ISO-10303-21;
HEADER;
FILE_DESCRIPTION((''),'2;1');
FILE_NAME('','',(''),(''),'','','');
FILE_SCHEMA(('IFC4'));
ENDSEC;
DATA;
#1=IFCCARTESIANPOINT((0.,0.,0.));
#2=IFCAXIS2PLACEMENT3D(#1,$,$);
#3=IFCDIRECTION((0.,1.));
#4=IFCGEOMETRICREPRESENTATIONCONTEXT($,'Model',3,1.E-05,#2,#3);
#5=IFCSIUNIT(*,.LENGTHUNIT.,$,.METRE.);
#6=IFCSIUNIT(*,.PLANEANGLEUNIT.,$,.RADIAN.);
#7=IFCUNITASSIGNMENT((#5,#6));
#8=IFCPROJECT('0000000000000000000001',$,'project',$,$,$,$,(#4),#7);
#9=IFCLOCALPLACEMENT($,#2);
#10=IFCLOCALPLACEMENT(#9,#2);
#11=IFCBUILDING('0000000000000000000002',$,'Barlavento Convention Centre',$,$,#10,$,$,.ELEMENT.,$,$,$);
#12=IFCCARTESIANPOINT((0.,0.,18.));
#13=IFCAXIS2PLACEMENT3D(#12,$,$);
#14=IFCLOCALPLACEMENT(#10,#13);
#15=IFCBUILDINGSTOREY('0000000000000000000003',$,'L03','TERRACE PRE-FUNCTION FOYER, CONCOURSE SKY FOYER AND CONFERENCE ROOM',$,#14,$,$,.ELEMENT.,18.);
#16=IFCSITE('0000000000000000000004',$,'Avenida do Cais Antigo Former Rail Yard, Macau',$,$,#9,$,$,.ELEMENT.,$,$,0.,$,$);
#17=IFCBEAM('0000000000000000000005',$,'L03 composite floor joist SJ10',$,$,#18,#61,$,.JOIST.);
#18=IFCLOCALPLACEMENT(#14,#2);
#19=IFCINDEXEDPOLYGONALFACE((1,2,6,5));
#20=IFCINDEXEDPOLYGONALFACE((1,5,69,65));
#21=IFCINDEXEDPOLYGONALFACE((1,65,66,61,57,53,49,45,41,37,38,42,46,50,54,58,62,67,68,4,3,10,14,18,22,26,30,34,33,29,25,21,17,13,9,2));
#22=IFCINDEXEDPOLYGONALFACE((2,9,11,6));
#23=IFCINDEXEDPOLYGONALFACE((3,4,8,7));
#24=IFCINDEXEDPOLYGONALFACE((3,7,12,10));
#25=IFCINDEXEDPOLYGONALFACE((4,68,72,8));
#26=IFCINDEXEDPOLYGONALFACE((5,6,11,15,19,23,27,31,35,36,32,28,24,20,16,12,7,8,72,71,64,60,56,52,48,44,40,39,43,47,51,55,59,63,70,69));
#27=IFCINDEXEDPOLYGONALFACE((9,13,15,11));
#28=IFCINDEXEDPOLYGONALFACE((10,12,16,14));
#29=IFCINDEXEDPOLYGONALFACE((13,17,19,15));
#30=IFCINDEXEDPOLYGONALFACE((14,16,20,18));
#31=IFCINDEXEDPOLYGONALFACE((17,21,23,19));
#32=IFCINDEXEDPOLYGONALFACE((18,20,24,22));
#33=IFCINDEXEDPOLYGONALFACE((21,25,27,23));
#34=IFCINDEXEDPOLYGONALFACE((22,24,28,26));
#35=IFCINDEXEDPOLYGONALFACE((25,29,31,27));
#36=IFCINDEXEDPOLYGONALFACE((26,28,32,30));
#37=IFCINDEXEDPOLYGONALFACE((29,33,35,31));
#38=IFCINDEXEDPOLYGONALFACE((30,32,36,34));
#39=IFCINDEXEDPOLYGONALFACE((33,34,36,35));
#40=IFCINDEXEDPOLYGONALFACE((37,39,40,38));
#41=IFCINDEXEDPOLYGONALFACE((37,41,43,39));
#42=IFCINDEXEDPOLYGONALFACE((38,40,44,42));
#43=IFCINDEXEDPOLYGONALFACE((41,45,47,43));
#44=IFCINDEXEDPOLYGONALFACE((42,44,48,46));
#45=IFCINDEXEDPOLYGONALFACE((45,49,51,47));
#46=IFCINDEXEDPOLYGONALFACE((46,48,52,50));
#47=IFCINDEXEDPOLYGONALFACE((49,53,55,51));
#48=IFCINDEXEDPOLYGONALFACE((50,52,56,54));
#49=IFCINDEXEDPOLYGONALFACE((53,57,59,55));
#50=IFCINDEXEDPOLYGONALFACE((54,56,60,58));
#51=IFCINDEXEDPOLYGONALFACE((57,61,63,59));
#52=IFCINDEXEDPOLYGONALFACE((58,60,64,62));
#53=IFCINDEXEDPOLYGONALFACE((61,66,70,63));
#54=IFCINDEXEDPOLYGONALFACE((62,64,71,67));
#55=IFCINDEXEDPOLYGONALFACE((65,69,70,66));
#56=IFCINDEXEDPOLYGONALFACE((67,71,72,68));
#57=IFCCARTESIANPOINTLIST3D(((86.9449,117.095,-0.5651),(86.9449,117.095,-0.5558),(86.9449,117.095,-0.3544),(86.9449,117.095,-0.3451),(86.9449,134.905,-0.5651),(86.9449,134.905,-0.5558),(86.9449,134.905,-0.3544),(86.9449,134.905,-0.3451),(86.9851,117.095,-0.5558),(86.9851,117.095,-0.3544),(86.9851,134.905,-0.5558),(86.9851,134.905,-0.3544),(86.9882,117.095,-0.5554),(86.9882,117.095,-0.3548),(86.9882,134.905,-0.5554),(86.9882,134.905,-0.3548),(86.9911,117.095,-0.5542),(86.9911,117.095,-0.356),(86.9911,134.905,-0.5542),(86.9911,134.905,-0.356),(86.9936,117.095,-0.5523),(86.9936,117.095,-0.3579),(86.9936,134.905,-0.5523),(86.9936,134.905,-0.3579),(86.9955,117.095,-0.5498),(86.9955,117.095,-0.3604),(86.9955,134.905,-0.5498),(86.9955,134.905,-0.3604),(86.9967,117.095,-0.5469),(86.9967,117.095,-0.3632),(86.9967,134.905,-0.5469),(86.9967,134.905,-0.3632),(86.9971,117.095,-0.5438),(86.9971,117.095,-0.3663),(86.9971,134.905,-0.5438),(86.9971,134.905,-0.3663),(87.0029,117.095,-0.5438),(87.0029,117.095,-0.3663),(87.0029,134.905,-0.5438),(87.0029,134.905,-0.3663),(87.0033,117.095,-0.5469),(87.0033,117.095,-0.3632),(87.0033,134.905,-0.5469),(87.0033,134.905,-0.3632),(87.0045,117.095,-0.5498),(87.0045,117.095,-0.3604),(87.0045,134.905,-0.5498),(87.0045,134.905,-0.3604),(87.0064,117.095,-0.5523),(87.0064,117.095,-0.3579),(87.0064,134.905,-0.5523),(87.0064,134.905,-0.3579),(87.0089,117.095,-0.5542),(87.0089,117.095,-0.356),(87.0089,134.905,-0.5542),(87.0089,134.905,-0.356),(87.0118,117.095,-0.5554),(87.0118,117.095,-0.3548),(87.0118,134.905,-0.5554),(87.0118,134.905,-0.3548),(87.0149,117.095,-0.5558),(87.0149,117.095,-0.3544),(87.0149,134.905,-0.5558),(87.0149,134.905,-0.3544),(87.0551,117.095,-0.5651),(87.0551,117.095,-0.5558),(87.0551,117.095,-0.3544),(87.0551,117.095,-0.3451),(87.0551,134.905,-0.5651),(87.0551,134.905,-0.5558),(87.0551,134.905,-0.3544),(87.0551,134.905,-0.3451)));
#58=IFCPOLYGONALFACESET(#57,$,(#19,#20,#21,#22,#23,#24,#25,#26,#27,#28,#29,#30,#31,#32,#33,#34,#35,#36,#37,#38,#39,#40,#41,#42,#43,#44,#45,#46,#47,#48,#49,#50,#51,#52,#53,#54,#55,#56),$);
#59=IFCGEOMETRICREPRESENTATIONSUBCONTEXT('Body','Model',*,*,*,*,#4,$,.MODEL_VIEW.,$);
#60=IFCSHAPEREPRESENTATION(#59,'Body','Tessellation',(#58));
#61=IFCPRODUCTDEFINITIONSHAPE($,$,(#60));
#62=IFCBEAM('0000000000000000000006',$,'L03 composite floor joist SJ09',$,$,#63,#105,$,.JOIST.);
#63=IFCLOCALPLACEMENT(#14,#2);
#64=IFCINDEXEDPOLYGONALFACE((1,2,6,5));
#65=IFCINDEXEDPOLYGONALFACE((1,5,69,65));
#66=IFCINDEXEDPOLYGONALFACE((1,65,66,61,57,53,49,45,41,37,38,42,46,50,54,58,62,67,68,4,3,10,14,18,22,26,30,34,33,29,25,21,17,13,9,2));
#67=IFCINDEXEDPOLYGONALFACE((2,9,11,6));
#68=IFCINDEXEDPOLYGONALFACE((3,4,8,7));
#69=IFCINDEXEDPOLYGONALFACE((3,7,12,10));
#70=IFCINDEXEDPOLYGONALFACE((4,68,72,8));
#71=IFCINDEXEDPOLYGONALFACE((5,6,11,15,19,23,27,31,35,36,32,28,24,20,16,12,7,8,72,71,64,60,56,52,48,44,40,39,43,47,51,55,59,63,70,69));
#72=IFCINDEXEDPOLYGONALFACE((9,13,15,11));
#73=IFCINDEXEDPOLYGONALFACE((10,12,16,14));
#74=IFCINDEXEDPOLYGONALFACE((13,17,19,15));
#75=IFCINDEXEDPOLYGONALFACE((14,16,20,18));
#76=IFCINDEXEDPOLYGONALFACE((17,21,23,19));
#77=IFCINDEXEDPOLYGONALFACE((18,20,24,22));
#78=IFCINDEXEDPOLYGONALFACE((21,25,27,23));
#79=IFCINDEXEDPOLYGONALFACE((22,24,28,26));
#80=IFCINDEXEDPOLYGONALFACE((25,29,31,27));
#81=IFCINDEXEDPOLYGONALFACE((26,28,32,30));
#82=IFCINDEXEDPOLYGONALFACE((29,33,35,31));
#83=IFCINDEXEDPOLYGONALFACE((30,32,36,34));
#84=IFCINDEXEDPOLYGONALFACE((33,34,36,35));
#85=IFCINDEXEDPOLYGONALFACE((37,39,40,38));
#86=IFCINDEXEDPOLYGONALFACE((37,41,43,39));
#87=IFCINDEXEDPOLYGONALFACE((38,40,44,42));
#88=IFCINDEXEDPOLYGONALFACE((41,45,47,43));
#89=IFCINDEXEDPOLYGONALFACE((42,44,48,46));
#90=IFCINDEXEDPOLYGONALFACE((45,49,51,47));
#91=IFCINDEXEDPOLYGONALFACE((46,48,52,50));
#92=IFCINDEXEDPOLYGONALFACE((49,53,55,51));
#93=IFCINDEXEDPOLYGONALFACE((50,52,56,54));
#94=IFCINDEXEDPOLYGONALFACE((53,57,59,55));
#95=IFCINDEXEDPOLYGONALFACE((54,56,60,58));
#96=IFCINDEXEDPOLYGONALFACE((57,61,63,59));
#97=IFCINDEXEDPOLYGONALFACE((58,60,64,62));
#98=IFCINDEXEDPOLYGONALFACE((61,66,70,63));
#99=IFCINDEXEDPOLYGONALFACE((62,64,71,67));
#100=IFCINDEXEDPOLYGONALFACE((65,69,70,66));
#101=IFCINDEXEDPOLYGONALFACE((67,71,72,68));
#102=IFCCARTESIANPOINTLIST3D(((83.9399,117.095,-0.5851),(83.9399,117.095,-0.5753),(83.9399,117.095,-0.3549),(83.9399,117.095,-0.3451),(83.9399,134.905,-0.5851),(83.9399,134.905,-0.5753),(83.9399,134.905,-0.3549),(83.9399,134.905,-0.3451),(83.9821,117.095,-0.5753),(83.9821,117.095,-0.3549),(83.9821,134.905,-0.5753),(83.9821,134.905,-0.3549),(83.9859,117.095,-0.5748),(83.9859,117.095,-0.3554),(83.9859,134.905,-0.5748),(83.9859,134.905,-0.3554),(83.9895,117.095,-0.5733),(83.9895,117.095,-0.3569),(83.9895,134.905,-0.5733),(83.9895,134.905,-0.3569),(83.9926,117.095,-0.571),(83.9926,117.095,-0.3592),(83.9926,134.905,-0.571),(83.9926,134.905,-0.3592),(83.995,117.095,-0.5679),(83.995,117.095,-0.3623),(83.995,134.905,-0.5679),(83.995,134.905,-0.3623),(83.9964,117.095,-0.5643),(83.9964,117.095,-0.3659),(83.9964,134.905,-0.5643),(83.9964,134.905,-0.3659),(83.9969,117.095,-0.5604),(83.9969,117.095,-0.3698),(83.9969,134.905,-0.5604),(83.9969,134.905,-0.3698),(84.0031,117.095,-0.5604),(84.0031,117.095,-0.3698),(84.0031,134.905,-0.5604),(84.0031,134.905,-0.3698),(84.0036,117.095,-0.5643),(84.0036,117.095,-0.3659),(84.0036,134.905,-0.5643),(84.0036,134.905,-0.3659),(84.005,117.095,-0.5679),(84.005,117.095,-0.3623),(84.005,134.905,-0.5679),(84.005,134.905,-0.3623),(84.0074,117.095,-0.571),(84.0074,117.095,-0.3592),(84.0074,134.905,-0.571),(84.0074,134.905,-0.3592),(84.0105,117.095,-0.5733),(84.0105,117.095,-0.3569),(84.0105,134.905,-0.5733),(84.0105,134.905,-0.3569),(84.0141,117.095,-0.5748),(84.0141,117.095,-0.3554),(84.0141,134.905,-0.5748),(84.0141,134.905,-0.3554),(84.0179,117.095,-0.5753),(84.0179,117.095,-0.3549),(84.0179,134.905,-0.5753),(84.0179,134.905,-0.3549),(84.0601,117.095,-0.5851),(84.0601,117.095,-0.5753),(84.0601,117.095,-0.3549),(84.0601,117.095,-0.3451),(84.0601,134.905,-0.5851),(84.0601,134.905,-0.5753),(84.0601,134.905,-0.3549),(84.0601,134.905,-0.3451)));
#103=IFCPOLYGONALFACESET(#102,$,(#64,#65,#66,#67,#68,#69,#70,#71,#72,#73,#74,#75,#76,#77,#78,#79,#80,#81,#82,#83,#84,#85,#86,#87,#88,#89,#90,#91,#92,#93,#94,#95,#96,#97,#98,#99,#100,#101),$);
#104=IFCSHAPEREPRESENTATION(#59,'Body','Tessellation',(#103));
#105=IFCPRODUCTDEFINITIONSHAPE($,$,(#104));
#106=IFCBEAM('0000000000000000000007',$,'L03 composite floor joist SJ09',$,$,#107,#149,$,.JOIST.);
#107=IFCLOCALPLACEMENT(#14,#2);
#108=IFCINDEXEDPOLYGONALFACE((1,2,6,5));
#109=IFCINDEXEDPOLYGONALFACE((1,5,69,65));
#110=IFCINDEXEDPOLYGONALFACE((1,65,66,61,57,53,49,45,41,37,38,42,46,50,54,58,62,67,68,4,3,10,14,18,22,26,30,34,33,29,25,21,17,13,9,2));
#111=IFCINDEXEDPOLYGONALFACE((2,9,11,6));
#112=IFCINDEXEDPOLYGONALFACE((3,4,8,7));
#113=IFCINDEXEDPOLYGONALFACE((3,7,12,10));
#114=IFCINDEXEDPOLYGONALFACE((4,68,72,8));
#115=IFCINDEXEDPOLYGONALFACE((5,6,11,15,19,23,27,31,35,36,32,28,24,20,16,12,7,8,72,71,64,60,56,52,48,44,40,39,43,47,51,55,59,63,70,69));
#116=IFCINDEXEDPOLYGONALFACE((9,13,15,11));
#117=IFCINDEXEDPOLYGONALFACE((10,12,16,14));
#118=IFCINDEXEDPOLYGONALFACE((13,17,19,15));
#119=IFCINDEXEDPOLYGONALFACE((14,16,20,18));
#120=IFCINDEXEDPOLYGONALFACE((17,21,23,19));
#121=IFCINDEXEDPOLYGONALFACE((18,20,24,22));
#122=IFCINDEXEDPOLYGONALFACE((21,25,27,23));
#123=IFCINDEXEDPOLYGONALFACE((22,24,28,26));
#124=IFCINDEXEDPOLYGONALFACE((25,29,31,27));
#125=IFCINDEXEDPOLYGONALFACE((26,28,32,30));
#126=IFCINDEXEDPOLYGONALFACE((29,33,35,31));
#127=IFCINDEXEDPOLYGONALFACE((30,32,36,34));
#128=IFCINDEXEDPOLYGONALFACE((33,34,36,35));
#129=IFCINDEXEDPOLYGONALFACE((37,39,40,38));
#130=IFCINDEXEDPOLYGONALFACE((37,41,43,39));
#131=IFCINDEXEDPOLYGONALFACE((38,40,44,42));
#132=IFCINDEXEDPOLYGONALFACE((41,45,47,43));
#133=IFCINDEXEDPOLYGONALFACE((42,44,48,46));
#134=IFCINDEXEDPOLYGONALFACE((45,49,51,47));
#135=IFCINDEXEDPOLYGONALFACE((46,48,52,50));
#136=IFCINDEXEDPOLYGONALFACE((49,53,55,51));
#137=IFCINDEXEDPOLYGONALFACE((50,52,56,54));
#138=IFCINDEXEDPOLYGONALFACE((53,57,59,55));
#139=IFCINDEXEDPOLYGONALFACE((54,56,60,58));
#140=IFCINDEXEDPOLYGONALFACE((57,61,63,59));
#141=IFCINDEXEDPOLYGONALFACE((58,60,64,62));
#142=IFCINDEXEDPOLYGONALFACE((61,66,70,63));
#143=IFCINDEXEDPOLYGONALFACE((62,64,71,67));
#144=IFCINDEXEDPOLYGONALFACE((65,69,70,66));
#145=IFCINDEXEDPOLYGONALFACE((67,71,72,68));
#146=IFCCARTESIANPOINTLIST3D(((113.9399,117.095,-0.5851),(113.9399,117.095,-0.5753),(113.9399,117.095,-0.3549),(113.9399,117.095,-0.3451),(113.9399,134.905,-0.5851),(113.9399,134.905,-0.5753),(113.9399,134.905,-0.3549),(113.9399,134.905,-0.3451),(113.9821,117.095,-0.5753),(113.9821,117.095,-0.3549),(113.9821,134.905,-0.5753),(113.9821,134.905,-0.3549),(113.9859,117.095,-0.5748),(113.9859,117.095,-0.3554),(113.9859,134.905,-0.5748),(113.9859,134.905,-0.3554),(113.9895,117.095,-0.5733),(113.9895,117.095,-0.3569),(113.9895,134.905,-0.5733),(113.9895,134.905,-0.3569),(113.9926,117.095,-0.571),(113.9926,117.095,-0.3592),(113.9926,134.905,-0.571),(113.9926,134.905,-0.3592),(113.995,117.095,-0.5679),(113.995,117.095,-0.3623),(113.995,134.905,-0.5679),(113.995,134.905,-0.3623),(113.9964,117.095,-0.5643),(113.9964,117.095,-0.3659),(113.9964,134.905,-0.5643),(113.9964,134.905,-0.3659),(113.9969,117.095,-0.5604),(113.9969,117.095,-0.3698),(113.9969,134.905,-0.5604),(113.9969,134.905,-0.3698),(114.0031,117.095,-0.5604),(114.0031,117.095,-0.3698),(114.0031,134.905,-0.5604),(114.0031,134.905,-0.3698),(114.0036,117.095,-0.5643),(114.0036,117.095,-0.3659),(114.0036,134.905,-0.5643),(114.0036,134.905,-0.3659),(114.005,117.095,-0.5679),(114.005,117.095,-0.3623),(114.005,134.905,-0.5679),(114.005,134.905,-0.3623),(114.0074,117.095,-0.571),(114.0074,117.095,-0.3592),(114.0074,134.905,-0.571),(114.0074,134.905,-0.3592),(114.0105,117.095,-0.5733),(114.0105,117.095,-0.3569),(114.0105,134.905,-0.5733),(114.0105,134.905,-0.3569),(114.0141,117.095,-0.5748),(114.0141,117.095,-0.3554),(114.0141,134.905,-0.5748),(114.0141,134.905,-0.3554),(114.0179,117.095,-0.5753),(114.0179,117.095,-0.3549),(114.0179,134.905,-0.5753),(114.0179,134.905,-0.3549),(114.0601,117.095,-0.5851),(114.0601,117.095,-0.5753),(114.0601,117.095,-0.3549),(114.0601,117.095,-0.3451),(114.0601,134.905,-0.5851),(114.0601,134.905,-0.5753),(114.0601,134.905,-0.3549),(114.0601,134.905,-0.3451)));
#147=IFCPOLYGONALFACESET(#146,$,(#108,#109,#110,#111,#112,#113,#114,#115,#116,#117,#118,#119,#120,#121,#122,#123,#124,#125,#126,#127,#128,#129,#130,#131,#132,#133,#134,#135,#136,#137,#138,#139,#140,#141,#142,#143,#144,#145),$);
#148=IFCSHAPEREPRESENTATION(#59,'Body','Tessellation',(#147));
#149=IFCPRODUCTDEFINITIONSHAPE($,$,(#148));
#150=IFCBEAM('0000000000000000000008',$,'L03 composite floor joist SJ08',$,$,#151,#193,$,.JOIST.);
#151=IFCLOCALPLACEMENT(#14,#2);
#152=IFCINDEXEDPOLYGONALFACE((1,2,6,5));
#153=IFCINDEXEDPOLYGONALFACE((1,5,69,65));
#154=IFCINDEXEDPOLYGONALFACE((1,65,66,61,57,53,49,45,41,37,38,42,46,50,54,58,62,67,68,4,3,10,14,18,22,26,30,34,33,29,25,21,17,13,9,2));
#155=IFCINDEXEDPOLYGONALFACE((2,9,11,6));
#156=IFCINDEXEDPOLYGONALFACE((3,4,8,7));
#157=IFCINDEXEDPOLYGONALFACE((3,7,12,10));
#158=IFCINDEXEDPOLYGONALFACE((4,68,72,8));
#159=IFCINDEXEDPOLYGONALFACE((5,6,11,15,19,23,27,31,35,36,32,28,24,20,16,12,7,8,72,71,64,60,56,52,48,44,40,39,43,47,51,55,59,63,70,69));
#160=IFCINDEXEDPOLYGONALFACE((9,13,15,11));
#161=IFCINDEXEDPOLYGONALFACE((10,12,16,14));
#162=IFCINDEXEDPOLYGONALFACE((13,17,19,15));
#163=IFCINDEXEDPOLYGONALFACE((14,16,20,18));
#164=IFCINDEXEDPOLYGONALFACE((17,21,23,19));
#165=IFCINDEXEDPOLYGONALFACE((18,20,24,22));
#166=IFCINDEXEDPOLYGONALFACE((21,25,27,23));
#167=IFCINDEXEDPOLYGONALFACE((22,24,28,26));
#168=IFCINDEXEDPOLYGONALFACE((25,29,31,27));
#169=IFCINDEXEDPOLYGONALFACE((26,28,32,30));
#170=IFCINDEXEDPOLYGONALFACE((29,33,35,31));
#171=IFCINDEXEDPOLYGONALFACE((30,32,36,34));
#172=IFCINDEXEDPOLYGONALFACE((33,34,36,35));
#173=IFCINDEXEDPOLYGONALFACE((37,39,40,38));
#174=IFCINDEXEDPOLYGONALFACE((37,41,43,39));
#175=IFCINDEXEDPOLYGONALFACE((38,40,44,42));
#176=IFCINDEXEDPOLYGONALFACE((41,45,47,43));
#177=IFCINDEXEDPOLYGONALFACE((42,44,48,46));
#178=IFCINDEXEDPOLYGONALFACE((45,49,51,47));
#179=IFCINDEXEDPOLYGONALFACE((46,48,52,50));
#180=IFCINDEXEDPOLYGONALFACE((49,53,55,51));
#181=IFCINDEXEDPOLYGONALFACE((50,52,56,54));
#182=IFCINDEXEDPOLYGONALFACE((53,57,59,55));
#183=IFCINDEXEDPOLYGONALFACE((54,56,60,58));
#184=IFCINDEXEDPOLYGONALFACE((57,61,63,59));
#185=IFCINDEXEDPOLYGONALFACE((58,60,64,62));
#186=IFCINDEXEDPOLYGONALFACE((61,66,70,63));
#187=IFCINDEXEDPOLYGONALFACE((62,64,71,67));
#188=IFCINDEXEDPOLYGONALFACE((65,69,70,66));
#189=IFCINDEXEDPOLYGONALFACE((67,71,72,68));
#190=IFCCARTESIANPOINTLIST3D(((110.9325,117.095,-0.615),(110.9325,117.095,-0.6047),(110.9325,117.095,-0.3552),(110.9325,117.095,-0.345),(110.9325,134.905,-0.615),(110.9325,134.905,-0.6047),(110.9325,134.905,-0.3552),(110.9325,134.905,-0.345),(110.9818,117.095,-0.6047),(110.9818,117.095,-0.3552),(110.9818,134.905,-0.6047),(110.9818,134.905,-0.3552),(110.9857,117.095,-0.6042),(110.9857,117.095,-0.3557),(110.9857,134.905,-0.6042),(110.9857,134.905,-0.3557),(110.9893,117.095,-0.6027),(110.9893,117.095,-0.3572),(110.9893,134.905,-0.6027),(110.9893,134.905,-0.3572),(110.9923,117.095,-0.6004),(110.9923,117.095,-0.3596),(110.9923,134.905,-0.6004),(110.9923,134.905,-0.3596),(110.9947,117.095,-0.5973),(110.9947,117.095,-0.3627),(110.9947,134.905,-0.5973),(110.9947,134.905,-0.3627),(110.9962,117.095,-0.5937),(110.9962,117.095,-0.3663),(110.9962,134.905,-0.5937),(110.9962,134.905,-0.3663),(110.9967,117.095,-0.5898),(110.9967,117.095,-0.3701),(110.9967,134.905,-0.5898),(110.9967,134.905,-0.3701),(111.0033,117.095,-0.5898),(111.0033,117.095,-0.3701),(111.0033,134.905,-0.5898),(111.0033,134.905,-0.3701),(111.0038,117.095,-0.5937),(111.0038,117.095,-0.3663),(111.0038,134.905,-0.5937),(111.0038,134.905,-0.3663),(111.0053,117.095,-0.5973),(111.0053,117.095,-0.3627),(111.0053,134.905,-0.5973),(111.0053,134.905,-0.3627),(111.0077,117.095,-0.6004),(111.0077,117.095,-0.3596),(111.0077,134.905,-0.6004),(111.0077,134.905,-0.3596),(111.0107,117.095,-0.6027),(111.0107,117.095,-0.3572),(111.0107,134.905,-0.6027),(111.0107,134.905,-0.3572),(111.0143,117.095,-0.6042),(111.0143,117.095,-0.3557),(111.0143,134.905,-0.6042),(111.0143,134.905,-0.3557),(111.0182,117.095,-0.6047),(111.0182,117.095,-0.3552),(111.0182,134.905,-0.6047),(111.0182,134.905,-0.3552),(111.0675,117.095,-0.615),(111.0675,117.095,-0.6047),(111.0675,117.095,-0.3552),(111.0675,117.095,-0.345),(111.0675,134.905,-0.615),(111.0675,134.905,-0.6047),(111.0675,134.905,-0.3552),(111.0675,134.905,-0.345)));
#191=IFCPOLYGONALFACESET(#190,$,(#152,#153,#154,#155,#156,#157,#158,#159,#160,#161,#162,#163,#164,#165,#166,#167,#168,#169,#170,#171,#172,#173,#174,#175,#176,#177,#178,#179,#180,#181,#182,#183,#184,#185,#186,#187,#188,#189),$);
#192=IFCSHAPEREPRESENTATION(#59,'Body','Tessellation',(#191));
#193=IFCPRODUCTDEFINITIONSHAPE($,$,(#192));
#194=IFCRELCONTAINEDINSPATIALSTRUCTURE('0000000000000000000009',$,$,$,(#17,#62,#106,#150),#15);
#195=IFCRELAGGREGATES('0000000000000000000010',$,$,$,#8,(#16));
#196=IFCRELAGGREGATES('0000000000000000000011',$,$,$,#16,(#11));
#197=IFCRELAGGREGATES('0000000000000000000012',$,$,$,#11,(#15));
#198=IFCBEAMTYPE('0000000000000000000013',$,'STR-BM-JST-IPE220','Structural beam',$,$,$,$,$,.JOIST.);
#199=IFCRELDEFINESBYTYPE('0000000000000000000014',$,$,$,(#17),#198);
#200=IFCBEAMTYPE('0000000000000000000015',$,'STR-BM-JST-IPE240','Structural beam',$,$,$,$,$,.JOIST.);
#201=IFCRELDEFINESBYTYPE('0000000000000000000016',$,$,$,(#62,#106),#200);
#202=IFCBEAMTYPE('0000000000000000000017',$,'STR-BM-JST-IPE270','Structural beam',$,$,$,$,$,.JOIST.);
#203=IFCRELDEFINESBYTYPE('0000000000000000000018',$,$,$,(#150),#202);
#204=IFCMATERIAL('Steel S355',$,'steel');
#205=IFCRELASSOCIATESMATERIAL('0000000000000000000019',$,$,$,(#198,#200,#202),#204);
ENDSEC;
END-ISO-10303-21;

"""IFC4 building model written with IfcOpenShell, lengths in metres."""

from ifc_helpers import new_model, si_unit, direction, frame, origin, origin_2d, place, context, subcontext, project, spatial, i_section, extrude, material, material_profile, profile_set, type_object, element, save


model = new_model("IFC4")

# Units and contexts
model_context = context("Model", 3, precision=1e-05, world=origin(), true_north=direction((0.0, 1.0)))
body_context = subcontext(model_context, "Body", "Model", "MODEL_VIEW")
ifc_project = project(units=[si_unit("LENGTHUNIT", "METRE"), si_unit("PLANEANGLEUNIT", "RADIAN")], contexts=[model_context])

# Site, building, storey
site_placement = place(None, origin())
site = spatial("IfcSite", under=ifc_project, at=site_placement, Name="Avenida do Cais Antigo Former Rail Yard, Macau", CompositionType="ELEMENT", RefElevation=0.0)
building_placement = place(site_placement, origin())
building = spatial("IfcBuilding", under=site, at=building_placement, Name="Barlavento Convention Centre", CompositionType="ELEMENT")
storey_placement = place(building_placement, frame((0.0, 0.0, 18.0)))
storey = spatial("IfcBuildingStorey", under=building, at=storey_placement, Name="L03", Description="TERRACE PRE-FUNCTION FOYER, CONCOURSE SKY FOYER AND CONFERENCE ROOM", CompositionType="ELEMENT", Elevation=18.0)

# Beams
ifc_material = material(Name="Steel S355", Category="steel")
ifc_material_profile_1 = material_profile(ifc_material, i_section(OverallWidth=0.1101, OverallDepth=0.22, WebThickness=0.0059, FlangeThickness=0.0093, FilletRadius=0.012, at=origin_2d()), Name="IPE 220")
ifc_profile_set_1 = profile_set([ifc_material_profile_1], Name="Steel S355")
beam_type_1 = type_object("IfcBeamType", Name="STR-BM-JST-IPE220", Description="Structural beam", PredefinedType="JOIST", material=ifc_profile_set_1)
beam_1_placement = place(storey_placement, frame((87.0, 117.095, -0.4551), z_axis=(0.0, 1.0, 0.0), x_axis=(-1.0, 0.0, 0.0)))
element("IfcBeam", 1, at=beam_1_placement, inside=storey, type_object=beam_type_1, Name="L03 composite floor joist SJ10", PredefinedType="JOIST", context=body_context, shape_type="SweptSolid", body=[
    extrude(i_section(OverallWidth=0.1101, OverallDepth=0.22, WebThickness=0.0059, FlangeThickness=0.0093, FilletRadius=0.012, at=origin_2d()), origin(), (0.0, 0.0, 1.0), 17.8101),
])
ifc_material_profile_2 = material_profile(ifc_material, i_section(OverallWidth=0.1201, OverallDepth=0.24, WebThickness=0.0061, FlangeThickness=0.0098, FilletRadius=0.0149, at=origin_2d()), Name="IPE 240")
ifc_profile_set_2 = profile_set([ifc_material_profile_2], Name="Steel S355")
beam_type_2 = type_object("IfcBeamType", Name="STR-BM-JST-IPE240", Description="Structural beam", PredefinedType="JOIST", material=ifc_profile_set_2)
for number, where, z_axis, x_axis, name in (
    (2, (84.0, 117.095, -0.4651), (0.0, 1.0, 0.0), (-1.0, 0.0, 0.0), "L03 composite floor joist SJ09"),
    (3, (114.0, 117.095, -0.4651), (0.0, 1.0, 0.0), (-1.0, 0.0, 0.0), "L03 composite floor joist SJ09"),
):
    element("IfcBeam", number, at=place(storey_placement, frame(where, z_axis=z_axis, x_axis=x_axis)), inside=storey, type_object=beam_type_2, Name=name, PredefinedType="JOIST", context=body_context, shape_type="SweptSolid", body=[
        extrude(i_section(OverallWidth=0.1201, OverallDepth=0.24, WebThickness=0.0061, FlangeThickness=0.0098, FilletRadius=0.0149, at=origin_2d()), origin(), (0.0, 0.0, 1.0), 17.8101),
    ])
ifc_material_profile_3 = material_profile(ifc_material, i_section(OverallWidth=0.135, OverallDepth=0.27, WebThickness=0.0066, FlangeThickness=0.0103, FilletRadius=0.0149, at=origin_2d()), Name="IPE 270")
ifc_profile_set_3 = profile_set([ifc_material_profile_3], Name="Steel S355")
beam_type_3 = type_object("IfcBeamType", Name="STR-BM-JST-IPE270", Description="Structural beam", PredefinedType="JOIST", material=ifc_profile_set_3)
beam_2_placement = place(storey_placement, frame((111.0, 117.095, -0.48), z_axis=(0.0, 1.0, 0.0), x_axis=(-1.0, 0.0, 0.0)))
element("IfcBeam", 4, at=beam_2_placement, inside=storey, type_object=beam_type_3, Name="L03 composite floor joist SJ08", PredefinedType="JOIST", context=body_context, shape_type="SweptSolid", body=[
    extrude(i_section(OverallWidth=0.135, OverallDepth=0.27, WebThickness=0.0066, FlangeThickness=0.0103, FilletRadius=0.0149, at=origin_2d()), origin(), (0.0, 0.0, 1.0), 17.8101),
])

save(model, "model.ifc")
